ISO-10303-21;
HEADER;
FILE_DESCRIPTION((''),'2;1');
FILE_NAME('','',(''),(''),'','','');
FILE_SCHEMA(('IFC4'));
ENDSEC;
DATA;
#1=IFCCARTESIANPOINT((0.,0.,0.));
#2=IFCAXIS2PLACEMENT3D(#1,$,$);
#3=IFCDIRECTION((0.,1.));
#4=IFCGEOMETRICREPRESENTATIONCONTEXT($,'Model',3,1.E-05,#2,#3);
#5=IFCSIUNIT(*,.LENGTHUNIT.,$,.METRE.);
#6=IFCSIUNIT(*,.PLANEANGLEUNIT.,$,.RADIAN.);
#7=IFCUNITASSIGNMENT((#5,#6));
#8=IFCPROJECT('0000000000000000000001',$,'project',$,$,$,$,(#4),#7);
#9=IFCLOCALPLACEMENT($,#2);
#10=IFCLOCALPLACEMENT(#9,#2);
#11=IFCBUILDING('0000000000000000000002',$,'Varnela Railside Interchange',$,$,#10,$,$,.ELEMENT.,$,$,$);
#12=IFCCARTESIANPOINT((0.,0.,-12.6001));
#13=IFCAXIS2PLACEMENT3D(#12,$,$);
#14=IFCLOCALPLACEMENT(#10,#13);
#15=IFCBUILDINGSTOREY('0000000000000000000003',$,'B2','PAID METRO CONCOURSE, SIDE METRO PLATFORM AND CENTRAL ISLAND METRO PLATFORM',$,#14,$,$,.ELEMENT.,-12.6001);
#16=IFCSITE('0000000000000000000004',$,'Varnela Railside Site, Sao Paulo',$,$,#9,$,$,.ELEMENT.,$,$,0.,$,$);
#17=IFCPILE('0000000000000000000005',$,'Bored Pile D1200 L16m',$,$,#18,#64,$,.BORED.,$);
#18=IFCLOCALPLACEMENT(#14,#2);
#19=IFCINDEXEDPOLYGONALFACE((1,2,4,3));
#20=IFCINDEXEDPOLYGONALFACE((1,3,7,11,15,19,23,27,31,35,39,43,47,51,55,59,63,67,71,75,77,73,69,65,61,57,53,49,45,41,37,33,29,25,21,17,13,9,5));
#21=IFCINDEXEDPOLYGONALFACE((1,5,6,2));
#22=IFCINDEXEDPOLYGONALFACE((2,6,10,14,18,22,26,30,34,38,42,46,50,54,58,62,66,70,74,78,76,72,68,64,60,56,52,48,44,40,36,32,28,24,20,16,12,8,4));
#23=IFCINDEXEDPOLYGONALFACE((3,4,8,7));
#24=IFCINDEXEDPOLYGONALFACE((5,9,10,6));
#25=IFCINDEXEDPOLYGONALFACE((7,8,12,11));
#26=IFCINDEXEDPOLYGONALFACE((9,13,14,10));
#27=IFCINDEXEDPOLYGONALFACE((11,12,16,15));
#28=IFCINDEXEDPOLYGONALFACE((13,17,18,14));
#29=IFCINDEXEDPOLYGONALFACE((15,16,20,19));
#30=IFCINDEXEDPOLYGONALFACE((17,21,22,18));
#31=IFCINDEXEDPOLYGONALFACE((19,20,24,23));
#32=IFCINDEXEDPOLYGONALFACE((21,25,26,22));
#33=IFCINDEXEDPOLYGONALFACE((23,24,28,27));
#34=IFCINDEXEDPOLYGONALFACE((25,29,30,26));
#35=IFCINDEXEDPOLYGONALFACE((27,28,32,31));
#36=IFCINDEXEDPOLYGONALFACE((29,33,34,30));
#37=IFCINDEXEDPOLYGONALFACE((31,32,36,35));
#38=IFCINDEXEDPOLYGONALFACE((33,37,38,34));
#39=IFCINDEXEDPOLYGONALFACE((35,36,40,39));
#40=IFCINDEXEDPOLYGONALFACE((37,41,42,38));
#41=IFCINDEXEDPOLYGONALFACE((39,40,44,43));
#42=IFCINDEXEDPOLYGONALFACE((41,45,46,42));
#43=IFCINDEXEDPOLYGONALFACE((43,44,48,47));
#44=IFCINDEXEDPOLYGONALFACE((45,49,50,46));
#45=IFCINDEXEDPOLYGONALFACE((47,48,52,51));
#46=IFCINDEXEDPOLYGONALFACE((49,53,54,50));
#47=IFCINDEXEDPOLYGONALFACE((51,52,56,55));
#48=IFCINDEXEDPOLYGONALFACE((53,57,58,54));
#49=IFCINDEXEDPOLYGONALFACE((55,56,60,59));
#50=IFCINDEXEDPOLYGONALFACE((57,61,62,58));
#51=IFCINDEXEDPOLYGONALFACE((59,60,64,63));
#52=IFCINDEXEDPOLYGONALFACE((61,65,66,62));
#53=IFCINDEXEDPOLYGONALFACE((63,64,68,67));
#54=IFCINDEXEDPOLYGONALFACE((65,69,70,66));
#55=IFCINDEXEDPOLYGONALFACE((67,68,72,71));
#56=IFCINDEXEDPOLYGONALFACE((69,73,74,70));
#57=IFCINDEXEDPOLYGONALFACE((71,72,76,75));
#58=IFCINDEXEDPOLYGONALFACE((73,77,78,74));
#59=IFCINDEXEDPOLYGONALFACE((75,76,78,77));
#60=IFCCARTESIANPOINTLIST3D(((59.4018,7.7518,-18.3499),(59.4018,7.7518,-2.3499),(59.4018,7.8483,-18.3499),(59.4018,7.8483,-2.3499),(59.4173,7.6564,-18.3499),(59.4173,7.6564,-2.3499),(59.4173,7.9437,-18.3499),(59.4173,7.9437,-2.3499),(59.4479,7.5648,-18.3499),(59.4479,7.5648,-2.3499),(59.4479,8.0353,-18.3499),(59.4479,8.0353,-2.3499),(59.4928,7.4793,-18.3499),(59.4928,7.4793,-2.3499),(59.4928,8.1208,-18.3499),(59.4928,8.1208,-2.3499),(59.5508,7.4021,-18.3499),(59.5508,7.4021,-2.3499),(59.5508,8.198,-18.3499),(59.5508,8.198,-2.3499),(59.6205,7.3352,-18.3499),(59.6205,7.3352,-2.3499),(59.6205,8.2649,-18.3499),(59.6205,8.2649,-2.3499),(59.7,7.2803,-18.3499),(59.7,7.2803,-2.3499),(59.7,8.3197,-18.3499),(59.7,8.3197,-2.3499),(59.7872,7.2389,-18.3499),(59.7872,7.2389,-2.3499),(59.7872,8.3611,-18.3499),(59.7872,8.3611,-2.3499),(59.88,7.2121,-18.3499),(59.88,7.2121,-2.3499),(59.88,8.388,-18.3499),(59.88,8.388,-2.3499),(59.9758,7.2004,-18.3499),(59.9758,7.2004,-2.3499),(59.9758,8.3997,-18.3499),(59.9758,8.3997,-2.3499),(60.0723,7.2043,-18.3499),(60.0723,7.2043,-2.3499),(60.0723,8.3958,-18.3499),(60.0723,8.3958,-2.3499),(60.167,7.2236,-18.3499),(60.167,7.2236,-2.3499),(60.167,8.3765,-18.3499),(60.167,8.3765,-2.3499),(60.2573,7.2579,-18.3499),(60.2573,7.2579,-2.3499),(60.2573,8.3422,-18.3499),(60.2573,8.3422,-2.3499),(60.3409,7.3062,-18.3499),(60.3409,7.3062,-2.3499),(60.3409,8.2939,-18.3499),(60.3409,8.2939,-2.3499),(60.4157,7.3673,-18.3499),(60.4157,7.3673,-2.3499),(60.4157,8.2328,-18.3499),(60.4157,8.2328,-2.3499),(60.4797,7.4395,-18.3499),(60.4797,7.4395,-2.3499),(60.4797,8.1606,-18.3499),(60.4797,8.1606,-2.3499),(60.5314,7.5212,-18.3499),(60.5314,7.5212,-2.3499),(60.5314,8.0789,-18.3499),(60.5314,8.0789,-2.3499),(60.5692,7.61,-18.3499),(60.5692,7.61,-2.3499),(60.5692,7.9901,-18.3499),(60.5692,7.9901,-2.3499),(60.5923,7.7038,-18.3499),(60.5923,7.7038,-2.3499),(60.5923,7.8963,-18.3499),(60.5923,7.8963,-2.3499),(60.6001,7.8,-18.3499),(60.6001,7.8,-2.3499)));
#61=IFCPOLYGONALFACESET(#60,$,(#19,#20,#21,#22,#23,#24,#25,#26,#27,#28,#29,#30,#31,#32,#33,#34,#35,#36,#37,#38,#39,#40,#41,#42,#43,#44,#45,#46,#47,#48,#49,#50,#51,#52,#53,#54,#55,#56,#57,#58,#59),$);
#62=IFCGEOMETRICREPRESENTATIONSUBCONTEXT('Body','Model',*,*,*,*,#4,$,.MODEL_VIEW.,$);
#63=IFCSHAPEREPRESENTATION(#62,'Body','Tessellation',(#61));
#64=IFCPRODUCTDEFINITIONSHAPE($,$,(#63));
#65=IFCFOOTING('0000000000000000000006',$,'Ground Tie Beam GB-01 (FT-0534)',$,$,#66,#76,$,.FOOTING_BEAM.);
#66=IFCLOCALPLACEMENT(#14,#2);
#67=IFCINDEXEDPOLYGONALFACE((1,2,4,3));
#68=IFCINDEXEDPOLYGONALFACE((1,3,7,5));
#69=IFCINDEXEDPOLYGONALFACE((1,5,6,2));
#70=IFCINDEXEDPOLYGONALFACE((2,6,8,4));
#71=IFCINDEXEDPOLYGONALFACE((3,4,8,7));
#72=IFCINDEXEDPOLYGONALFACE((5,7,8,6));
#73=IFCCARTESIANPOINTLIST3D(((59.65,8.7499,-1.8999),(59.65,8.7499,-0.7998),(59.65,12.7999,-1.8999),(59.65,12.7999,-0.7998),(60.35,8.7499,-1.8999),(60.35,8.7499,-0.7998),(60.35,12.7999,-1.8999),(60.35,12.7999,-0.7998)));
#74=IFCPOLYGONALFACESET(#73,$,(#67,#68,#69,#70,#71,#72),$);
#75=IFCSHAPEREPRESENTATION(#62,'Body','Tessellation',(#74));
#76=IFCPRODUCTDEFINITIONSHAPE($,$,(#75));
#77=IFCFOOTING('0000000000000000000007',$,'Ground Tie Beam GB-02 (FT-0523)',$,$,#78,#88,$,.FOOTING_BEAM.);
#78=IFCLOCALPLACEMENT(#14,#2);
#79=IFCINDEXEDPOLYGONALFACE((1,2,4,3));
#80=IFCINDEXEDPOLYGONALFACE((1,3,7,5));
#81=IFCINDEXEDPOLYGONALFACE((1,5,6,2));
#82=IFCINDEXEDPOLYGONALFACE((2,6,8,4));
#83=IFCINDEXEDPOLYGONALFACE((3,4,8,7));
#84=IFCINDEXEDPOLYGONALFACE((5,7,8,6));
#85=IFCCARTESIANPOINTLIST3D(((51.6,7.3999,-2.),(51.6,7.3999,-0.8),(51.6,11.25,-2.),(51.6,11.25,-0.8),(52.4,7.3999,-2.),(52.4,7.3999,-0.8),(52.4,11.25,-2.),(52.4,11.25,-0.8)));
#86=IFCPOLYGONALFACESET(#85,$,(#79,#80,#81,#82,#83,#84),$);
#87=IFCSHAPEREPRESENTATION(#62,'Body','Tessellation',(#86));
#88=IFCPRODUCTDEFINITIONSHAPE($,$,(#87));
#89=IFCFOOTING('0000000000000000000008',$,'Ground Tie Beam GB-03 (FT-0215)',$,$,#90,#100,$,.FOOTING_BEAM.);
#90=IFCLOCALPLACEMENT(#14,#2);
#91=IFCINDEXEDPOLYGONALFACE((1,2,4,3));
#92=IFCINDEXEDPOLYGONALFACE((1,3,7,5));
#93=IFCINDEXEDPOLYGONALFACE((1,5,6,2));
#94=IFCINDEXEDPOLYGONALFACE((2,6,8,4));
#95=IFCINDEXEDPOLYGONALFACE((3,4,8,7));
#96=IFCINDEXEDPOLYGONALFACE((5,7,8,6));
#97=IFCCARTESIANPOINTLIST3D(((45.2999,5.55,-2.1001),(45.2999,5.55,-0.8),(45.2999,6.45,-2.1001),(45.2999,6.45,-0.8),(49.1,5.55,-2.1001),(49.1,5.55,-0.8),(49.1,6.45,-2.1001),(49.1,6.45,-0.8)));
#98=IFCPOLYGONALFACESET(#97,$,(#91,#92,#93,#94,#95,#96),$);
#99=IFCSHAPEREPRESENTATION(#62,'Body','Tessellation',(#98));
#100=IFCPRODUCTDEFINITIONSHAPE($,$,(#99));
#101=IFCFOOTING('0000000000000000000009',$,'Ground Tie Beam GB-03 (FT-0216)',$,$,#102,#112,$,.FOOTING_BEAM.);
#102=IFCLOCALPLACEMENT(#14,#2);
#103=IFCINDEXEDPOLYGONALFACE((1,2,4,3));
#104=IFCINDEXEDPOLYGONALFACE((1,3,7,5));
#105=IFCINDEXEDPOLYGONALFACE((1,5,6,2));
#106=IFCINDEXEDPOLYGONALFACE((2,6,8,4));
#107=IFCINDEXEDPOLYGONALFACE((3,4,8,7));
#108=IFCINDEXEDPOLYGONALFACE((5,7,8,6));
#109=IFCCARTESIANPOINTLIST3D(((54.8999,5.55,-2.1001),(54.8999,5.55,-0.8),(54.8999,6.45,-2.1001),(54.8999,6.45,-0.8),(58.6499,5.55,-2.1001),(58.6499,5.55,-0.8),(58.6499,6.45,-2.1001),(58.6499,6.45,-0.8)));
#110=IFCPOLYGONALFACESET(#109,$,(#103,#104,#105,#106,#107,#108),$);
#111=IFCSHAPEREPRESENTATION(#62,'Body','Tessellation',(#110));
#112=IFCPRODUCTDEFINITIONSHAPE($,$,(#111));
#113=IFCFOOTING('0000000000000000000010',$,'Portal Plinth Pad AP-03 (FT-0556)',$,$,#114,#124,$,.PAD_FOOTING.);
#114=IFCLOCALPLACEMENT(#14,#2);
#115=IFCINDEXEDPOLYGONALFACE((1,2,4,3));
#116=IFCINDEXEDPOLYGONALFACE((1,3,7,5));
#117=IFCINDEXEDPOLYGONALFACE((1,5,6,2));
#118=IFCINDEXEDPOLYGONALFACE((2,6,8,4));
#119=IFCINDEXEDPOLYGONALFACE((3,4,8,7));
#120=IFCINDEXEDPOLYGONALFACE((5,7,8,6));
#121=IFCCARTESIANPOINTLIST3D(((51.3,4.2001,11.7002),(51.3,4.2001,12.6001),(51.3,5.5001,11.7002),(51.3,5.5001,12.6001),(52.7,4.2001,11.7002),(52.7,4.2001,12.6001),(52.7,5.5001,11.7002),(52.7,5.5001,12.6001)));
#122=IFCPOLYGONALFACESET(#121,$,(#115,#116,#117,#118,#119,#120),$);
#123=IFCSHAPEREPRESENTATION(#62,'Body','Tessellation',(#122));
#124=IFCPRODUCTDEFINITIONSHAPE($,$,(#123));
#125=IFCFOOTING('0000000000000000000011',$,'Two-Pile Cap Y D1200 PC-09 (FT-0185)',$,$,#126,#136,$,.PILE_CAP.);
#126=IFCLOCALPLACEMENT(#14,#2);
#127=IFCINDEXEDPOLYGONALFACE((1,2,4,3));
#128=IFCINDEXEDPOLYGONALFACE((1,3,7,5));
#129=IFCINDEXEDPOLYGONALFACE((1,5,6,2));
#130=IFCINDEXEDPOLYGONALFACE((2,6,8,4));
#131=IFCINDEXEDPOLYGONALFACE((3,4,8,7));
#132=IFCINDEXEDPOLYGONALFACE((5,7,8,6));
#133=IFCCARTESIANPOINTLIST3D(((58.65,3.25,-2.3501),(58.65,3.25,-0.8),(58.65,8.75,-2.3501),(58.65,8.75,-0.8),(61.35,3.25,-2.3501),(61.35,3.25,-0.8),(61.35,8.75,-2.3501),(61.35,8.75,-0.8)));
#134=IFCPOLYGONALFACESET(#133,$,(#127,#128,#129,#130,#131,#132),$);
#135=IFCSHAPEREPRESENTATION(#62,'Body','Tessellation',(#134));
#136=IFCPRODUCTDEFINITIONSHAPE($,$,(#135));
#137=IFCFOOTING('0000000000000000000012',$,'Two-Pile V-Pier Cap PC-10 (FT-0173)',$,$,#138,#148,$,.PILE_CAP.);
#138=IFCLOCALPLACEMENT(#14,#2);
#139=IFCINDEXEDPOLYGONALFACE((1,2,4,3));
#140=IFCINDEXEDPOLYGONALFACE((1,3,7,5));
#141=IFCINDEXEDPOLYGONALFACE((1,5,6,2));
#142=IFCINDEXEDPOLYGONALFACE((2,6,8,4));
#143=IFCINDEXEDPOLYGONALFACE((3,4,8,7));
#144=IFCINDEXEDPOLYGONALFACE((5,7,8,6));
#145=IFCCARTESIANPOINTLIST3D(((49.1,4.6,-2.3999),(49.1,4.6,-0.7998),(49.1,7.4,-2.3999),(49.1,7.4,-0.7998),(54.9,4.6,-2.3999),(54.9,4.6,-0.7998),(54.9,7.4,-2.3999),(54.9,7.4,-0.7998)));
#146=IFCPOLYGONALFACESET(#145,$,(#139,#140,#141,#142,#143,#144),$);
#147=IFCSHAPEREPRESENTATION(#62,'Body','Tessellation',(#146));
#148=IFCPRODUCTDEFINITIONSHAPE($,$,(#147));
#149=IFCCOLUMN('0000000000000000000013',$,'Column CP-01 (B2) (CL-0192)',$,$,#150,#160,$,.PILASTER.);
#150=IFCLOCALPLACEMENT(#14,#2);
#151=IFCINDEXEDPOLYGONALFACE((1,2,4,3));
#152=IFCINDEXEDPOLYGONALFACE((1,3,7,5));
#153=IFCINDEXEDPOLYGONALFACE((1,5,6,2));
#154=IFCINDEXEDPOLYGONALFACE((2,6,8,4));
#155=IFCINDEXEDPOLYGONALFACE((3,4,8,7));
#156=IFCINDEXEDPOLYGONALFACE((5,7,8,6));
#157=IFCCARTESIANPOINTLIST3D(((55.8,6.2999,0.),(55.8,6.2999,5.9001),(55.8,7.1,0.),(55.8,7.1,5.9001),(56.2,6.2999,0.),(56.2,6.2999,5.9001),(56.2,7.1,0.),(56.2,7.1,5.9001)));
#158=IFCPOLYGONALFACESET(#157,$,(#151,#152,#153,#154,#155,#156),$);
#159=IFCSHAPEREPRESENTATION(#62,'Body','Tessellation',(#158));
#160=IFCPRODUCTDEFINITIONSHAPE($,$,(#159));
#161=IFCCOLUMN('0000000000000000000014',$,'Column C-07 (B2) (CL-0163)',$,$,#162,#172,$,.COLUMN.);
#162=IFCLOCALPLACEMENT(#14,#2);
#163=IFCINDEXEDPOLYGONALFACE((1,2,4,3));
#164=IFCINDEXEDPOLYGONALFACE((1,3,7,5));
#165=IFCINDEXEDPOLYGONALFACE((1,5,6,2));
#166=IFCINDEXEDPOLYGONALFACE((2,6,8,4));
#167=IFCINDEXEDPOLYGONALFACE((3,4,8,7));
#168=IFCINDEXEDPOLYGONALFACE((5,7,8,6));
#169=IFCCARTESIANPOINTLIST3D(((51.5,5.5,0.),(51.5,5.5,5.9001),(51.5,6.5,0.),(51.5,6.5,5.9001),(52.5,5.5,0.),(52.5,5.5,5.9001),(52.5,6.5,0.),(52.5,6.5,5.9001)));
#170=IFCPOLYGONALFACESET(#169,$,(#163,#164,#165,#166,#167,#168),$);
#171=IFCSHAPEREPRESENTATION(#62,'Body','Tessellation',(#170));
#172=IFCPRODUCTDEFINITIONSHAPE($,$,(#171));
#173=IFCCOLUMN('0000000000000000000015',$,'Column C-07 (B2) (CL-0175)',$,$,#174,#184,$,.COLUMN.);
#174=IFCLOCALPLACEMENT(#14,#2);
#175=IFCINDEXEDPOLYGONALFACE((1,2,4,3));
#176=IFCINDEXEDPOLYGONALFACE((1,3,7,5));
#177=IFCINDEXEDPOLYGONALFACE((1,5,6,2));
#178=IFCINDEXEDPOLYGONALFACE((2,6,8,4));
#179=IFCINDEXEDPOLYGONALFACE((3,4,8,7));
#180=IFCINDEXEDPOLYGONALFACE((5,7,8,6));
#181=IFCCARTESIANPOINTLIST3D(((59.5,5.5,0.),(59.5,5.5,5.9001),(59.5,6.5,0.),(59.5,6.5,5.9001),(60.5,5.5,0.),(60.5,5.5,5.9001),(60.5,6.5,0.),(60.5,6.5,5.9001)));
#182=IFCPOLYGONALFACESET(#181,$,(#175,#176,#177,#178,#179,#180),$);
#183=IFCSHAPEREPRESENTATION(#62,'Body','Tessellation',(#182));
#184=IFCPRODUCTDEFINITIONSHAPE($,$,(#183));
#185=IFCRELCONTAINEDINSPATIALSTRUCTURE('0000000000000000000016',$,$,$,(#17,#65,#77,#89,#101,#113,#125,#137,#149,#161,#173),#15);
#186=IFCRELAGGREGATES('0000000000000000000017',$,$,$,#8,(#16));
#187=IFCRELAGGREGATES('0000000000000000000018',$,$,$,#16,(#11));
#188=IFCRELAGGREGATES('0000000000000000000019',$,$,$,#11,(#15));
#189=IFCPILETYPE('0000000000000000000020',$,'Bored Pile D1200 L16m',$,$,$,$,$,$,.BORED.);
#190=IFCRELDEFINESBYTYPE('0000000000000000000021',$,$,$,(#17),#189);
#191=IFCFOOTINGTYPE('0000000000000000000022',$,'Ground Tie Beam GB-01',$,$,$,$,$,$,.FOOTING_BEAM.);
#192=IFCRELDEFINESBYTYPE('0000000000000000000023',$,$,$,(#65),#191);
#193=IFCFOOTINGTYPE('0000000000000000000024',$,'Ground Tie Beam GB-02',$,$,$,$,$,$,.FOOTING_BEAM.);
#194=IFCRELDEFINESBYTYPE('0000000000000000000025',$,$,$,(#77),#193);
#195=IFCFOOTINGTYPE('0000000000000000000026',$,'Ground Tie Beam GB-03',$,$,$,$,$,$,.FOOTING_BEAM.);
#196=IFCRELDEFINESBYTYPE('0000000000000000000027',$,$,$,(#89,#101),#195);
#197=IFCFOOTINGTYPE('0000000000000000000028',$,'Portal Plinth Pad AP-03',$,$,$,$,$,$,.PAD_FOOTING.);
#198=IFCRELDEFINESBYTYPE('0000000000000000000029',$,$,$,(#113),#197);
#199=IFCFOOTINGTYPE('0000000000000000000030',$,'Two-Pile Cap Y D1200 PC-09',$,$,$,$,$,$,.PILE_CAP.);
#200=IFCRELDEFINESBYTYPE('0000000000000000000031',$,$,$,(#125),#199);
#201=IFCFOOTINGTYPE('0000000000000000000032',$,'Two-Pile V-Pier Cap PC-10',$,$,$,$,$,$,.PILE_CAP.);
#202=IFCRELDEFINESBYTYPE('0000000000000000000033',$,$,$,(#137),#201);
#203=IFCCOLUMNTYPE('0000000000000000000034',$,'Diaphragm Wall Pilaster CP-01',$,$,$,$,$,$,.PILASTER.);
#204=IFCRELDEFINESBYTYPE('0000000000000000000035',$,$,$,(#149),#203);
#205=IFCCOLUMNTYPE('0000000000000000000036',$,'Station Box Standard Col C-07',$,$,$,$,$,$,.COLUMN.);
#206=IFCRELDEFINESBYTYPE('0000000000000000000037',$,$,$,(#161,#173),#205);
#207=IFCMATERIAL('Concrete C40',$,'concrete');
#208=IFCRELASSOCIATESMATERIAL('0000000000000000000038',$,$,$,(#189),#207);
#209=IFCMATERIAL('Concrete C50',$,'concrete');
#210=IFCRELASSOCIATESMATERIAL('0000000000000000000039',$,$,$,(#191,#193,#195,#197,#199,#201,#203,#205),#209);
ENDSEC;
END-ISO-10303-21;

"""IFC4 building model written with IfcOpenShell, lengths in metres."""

from ifc_helpers import new_model, si_unit, direction, frame, origin, origin_2d, place, context, subcontext, project, spatial, rectangle, circle, extrude, material, material_profile, profile_set, type_object, element, save


model = new_model("IFC4")

# Units and contexts
model_context = context("Model", 3, precision=1e-05, world=origin(), true_north=direction((0.0, 1.0)))
body_context = subcontext(model_context, "Body", "Model", "MODEL_VIEW")
ifc_project = project(units=[si_unit("LENGTHUNIT", "METRE"), si_unit("PLANEANGLEUNIT", "RADIAN")], contexts=[model_context])

# Site, building, storey
site_placement = place(None, origin())
site = spatial("IfcSite", under=ifc_project, at=site_placement, Name="Varnela Railside Site, Sao Paulo", CompositionType="ELEMENT", RefElevation=0.0)
building_placement = place(site_placement, origin())
building = spatial("IfcBuilding", under=site, at=building_placement, Name="Varnela Railside Interchange", CompositionType="ELEMENT")
storey_placement = place(building_placement, frame((0.0, 0.0, -12.6001)))
storey = spatial("IfcBuildingStorey", under=building, at=storey_placement, Name="B2", Description="PAID METRO CONCOURSE, SIDE METRO PLATFORM AND CENTRAL ISLAND METRO PLATFORM", CompositionType="ELEMENT", Elevation=-12.6001)

# Pile
ifc_material_1 = material(Name="Concrete C40", Category="concrete")
ifc_material_profile_1 = material_profile(ifc_material_1, circle(Radius=0.6001, at=origin_2d()), Name="BORED PILE D1200")
ifc_profile_set_1 = profile_set([ifc_material_profile_1], Name="Concrete C40")
pile_type = type_object("IfcPileType", Name="Bored Pile D1200 L16m", PredefinedType="BORED", material=ifc_profile_set_1)
for number, where, z_axis, x_axis, name in (
    (1, (60.0, 7.8, -2.3499), (0.0, 0.0, -1.0), (1.0, 0.0, 0.0), "Bored Pile D1200 L16m"),
):
    element("IfcPile", number, at=place(storey_placement, frame(where, z_axis=z_axis, x_axis=x_axis)), inside=storey, type_object=pile_type, Name=name, PredefinedType="BORED", context=body_context, shape_type="SweptSolid", body=[
        extrude(circle(Radius=0.6001, at=origin_2d()), origin(), (0.0, 0.0, 1.0), 16.0),
    ])

# Footings
ifc_material_2 = material(Name="Concrete C50", Category="concrete")
footing_type_1 = type_object("IfcFootingType", Name="Ground Tie Beam GB-01", PredefinedType="FOOTING_BEAM", material=ifc_material_2)
footing_1_placement = place(storey_placement, frame((60.0, 10.7749, -1.8999), z_axis=(0.0, 0.0, 1.0), x_axis=(1.0, 0.0, 0.0)))
element("IfcFooting", 2, at=footing_1_placement, inside=storey, type_object=footing_type_1, Name="Ground Tie Beam GB-01 (FT-0534)", PredefinedType="FOOTING_BEAM", context=body_context, shape_type="SweptSolid", body=[
    extrude(rectangle(XDim=0.7, YDim=4.05, at=origin_2d()), origin(), (0.0, 0.0, 1.0), 1.1001),
])
footing_type_2 = type_object("IfcFootingType", Name="Ground Tie Beam GB-02", PredefinedType="FOOTING_BEAM", material=ifc_material_2)
footing_2_placement = place(storey_placement, frame((52.0, 9.325, -2.0), z_axis=(0.0, 0.0, 1.0), x_axis=(1.0, 0.0, 0.0)))
element("IfcFooting", 3, at=footing_2_placement, inside=storey, type_object=footing_type_2, Name="Ground Tie Beam GB-02 (FT-0523)", PredefinedType="FOOTING_BEAM", context=body_context, shape_type="SweptSolid", body=[
    extrude(rectangle(XDim=0.8, YDim=3.8501, at=origin_2d()), origin(), (0.0, 0.0, 1.0), 1.2),
])
footing_type_3 = type_object("IfcFootingType", Name="Ground Tie Beam GB-03", PredefinedType="FOOTING_BEAM", material=ifc_material_2)
footing_3_placement = place(storey_placement, frame((47.2, 6.0, -2.1001), z_axis=(0.0, 0.0, 1.0), x_axis=(1.0, 0.0, 0.0)))
element("IfcFooting", 4, at=footing_3_placement, inside=storey, type_object=footing_type_3, Name="Ground Tie Beam GB-03 (FT-0215)", PredefinedType="FOOTING_BEAM", context=body_context, shape_type="SweptSolid", body=[
    extrude(rectangle(XDim=3.8, YDim=0.8999, at=origin_2d()), origin(), (0.0, 0.0, 1.0), 1.3),
])
footing_4_placement = place(storey_placement, frame((56.7749, 6.0, -2.1001), z_axis=(0.0, 0.0, 1.0), x_axis=(1.0, 0.0, 0.0)))
element("IfcFooting", 5, at=footing_4_placement, inside=storey, type_object=footing_type_3, Name="Ground Tie Beam GB-03 (FT-0216)", PredefinedType="FOOTING_BEAM", context=body_context, shape_type="SweptSolid", body=[
    extrude(rectangle(XDim=3.75, YDim=0.8999, at=origin_2d()), origin(), (0.0, 0.0, 1.0), 1.3),
])
footing_type_4 = type_object("IfcFootingType", Name="Portal Plinth Pad AP-03", PredefinedType="PAD_FOOTING", material=ifc_material_2)
footing_5_placement = place(storey_placement, frame((52.0, 4.8501, 11.7002), z_axis=(0.0, 0.0, 1.0), x_axis=(1.0, 0.0, 0.0)))
element("IfcFooting", 6, at=footing_5_placement, inside=storey, type_object=footing_type_4, Name="Portal Plinth Pad AP-03 (FT-0556)", PredefinedType="PAD_FOOTING", context=body_context, shape_type="SweptSolid", body=[
    extrude(rectangle(XDim=1.3999, YDim=1.3, at=origin_2d()), origin(), (0.0, 0.0, 1.0), 0.8999),
])
footing_type_5 = type_object("IfcFootingType", Name="Two-Pile Cap Y D1200 PC-09", PredefinedType="PILE_CAP", material=ifc_material_2)
footing_6_placement = place(storey_placement, frame((60.0, 6.0, -2.3501), z_axis=(0.0, 0.0, 1.0), x_axis=(1.0, 0.0, 0.0)))
element("IfcFooting", 7, at=footing_6_placement, inside=storey, type_object=footing_type_5, Name="Two-Pile Cap Y D1200 PC-09 (FT-0185)", PredefinedType="PILE_CAP", context=body_context, shape_type="SweptSolid", body=[
    extrude(rectangle(XDim=2.7, YDim=5.5, at=origin_2d()), origin(), (0.0, 0.0, 1.0), 1.55),
])
footing_type_6 = type_object("IfcFootingType", Name="Two-Pile V-Pier Cap PC-10", PredefinedType="PILE_CAP", material=ifc_material_2)
footing_7_placement = place(storey_placement, frame((52.0, 6.0, -2.3999), z_axis=(0.0, 0.0, 1.0), x_axis=(1.0, 0.0, 0.0)))
element("IfcFooting", 8, at=footing_7_placement, inside=storey, type_object=footing_type_6, Name="Two-Pile V-Pier Cap PC-10 (FT-0173)", PredefinedType="PILE_CAP", context=body_context, shape_type="SweptSolid", body=[
    extrude(rectangle(XDim=5.8, YDim=2.8, at=origin_2d()), origin(), (0.0, 0.0, 1.0), 1.6001),
])

# Columns
ifc_material_profile_2 = material_profile(ifc_material_2, rectangle(XDim=0.3999, YDim=0.8, at=origin_2d()), Name="RC 400x800")
ifc_profile_set_2 = profile_set([ifc_material_profile_2], Name="Concrete C50")
column_type_1 = type_object("IfcColumnType", Name="Diaphragm Wall Pilaster CP-01", PredefinedType="PILASTER", material=ifc_profile_set_2)
column_placement = place(storey_placement, frame((56.0, 6.7, 0.0), z_axis=(0.0, 0.0, 1.0), x_axis=(1.0, 0.0, 0.0)))
element("IfcColumn", 9, at=column_placement, inside=storey, type_object=column_type_1, Name="Column CP-01 (B2) (CL-0192)", PredefinedType="PILASTER", context=body_context, shape_type="SweptSolid", body=[
    extrude(rectangle(XDim=0.3999, YDim=0.8, at=origin_2d()), origin(), (0.0, 0.0, 1.0), 5.9001),
])
ifc_material_profile_3 = material_profile(ifc_material_2, rectangle(XDim=1.0, YDim=1.0, at=origin_2d()), Name="RC 1000x1000")
ifc_profile_set_3 = profile_set([ifc_material_profile_3], Name="Concrete C50")
column_type_2 = type_object("IfcColumnType", Name="Station Box Standard Col C-07", PredefinedType="COLUMN", material=ifc_profile_set_3)
for number, where, z_axis, x_axis, name in (
    (10, (52.0, 6.0, 0.0), (0.0, 0.0, 1.0), (1.0, 0.0, 0.0), "Column C-07 (B2) (CL-0163)"),
    (11, (60.0, 6.0, 0.0), (0.0, 0.0, 1.0), (1.0, 0.0, 0.0), "Column C-07 (B2) (CL-0175)"),
):
    element("IfcColumn", number, at=place(storey_placement, frame(where, z_axis=z_axis, x_axis=x_axis)), inside=storey, type_object=column_type_2, Name=name, PredefinedType="COLUMN", context=body_context, shape_type="SweptSolid", body=[
        extrude(rectangle(XDim=1.0, YDim=1.0, at=origin_2d()), origin(), (0.0, 0.0, 1.0), 5.9001),
    ])

save(model, "model.ifc")
